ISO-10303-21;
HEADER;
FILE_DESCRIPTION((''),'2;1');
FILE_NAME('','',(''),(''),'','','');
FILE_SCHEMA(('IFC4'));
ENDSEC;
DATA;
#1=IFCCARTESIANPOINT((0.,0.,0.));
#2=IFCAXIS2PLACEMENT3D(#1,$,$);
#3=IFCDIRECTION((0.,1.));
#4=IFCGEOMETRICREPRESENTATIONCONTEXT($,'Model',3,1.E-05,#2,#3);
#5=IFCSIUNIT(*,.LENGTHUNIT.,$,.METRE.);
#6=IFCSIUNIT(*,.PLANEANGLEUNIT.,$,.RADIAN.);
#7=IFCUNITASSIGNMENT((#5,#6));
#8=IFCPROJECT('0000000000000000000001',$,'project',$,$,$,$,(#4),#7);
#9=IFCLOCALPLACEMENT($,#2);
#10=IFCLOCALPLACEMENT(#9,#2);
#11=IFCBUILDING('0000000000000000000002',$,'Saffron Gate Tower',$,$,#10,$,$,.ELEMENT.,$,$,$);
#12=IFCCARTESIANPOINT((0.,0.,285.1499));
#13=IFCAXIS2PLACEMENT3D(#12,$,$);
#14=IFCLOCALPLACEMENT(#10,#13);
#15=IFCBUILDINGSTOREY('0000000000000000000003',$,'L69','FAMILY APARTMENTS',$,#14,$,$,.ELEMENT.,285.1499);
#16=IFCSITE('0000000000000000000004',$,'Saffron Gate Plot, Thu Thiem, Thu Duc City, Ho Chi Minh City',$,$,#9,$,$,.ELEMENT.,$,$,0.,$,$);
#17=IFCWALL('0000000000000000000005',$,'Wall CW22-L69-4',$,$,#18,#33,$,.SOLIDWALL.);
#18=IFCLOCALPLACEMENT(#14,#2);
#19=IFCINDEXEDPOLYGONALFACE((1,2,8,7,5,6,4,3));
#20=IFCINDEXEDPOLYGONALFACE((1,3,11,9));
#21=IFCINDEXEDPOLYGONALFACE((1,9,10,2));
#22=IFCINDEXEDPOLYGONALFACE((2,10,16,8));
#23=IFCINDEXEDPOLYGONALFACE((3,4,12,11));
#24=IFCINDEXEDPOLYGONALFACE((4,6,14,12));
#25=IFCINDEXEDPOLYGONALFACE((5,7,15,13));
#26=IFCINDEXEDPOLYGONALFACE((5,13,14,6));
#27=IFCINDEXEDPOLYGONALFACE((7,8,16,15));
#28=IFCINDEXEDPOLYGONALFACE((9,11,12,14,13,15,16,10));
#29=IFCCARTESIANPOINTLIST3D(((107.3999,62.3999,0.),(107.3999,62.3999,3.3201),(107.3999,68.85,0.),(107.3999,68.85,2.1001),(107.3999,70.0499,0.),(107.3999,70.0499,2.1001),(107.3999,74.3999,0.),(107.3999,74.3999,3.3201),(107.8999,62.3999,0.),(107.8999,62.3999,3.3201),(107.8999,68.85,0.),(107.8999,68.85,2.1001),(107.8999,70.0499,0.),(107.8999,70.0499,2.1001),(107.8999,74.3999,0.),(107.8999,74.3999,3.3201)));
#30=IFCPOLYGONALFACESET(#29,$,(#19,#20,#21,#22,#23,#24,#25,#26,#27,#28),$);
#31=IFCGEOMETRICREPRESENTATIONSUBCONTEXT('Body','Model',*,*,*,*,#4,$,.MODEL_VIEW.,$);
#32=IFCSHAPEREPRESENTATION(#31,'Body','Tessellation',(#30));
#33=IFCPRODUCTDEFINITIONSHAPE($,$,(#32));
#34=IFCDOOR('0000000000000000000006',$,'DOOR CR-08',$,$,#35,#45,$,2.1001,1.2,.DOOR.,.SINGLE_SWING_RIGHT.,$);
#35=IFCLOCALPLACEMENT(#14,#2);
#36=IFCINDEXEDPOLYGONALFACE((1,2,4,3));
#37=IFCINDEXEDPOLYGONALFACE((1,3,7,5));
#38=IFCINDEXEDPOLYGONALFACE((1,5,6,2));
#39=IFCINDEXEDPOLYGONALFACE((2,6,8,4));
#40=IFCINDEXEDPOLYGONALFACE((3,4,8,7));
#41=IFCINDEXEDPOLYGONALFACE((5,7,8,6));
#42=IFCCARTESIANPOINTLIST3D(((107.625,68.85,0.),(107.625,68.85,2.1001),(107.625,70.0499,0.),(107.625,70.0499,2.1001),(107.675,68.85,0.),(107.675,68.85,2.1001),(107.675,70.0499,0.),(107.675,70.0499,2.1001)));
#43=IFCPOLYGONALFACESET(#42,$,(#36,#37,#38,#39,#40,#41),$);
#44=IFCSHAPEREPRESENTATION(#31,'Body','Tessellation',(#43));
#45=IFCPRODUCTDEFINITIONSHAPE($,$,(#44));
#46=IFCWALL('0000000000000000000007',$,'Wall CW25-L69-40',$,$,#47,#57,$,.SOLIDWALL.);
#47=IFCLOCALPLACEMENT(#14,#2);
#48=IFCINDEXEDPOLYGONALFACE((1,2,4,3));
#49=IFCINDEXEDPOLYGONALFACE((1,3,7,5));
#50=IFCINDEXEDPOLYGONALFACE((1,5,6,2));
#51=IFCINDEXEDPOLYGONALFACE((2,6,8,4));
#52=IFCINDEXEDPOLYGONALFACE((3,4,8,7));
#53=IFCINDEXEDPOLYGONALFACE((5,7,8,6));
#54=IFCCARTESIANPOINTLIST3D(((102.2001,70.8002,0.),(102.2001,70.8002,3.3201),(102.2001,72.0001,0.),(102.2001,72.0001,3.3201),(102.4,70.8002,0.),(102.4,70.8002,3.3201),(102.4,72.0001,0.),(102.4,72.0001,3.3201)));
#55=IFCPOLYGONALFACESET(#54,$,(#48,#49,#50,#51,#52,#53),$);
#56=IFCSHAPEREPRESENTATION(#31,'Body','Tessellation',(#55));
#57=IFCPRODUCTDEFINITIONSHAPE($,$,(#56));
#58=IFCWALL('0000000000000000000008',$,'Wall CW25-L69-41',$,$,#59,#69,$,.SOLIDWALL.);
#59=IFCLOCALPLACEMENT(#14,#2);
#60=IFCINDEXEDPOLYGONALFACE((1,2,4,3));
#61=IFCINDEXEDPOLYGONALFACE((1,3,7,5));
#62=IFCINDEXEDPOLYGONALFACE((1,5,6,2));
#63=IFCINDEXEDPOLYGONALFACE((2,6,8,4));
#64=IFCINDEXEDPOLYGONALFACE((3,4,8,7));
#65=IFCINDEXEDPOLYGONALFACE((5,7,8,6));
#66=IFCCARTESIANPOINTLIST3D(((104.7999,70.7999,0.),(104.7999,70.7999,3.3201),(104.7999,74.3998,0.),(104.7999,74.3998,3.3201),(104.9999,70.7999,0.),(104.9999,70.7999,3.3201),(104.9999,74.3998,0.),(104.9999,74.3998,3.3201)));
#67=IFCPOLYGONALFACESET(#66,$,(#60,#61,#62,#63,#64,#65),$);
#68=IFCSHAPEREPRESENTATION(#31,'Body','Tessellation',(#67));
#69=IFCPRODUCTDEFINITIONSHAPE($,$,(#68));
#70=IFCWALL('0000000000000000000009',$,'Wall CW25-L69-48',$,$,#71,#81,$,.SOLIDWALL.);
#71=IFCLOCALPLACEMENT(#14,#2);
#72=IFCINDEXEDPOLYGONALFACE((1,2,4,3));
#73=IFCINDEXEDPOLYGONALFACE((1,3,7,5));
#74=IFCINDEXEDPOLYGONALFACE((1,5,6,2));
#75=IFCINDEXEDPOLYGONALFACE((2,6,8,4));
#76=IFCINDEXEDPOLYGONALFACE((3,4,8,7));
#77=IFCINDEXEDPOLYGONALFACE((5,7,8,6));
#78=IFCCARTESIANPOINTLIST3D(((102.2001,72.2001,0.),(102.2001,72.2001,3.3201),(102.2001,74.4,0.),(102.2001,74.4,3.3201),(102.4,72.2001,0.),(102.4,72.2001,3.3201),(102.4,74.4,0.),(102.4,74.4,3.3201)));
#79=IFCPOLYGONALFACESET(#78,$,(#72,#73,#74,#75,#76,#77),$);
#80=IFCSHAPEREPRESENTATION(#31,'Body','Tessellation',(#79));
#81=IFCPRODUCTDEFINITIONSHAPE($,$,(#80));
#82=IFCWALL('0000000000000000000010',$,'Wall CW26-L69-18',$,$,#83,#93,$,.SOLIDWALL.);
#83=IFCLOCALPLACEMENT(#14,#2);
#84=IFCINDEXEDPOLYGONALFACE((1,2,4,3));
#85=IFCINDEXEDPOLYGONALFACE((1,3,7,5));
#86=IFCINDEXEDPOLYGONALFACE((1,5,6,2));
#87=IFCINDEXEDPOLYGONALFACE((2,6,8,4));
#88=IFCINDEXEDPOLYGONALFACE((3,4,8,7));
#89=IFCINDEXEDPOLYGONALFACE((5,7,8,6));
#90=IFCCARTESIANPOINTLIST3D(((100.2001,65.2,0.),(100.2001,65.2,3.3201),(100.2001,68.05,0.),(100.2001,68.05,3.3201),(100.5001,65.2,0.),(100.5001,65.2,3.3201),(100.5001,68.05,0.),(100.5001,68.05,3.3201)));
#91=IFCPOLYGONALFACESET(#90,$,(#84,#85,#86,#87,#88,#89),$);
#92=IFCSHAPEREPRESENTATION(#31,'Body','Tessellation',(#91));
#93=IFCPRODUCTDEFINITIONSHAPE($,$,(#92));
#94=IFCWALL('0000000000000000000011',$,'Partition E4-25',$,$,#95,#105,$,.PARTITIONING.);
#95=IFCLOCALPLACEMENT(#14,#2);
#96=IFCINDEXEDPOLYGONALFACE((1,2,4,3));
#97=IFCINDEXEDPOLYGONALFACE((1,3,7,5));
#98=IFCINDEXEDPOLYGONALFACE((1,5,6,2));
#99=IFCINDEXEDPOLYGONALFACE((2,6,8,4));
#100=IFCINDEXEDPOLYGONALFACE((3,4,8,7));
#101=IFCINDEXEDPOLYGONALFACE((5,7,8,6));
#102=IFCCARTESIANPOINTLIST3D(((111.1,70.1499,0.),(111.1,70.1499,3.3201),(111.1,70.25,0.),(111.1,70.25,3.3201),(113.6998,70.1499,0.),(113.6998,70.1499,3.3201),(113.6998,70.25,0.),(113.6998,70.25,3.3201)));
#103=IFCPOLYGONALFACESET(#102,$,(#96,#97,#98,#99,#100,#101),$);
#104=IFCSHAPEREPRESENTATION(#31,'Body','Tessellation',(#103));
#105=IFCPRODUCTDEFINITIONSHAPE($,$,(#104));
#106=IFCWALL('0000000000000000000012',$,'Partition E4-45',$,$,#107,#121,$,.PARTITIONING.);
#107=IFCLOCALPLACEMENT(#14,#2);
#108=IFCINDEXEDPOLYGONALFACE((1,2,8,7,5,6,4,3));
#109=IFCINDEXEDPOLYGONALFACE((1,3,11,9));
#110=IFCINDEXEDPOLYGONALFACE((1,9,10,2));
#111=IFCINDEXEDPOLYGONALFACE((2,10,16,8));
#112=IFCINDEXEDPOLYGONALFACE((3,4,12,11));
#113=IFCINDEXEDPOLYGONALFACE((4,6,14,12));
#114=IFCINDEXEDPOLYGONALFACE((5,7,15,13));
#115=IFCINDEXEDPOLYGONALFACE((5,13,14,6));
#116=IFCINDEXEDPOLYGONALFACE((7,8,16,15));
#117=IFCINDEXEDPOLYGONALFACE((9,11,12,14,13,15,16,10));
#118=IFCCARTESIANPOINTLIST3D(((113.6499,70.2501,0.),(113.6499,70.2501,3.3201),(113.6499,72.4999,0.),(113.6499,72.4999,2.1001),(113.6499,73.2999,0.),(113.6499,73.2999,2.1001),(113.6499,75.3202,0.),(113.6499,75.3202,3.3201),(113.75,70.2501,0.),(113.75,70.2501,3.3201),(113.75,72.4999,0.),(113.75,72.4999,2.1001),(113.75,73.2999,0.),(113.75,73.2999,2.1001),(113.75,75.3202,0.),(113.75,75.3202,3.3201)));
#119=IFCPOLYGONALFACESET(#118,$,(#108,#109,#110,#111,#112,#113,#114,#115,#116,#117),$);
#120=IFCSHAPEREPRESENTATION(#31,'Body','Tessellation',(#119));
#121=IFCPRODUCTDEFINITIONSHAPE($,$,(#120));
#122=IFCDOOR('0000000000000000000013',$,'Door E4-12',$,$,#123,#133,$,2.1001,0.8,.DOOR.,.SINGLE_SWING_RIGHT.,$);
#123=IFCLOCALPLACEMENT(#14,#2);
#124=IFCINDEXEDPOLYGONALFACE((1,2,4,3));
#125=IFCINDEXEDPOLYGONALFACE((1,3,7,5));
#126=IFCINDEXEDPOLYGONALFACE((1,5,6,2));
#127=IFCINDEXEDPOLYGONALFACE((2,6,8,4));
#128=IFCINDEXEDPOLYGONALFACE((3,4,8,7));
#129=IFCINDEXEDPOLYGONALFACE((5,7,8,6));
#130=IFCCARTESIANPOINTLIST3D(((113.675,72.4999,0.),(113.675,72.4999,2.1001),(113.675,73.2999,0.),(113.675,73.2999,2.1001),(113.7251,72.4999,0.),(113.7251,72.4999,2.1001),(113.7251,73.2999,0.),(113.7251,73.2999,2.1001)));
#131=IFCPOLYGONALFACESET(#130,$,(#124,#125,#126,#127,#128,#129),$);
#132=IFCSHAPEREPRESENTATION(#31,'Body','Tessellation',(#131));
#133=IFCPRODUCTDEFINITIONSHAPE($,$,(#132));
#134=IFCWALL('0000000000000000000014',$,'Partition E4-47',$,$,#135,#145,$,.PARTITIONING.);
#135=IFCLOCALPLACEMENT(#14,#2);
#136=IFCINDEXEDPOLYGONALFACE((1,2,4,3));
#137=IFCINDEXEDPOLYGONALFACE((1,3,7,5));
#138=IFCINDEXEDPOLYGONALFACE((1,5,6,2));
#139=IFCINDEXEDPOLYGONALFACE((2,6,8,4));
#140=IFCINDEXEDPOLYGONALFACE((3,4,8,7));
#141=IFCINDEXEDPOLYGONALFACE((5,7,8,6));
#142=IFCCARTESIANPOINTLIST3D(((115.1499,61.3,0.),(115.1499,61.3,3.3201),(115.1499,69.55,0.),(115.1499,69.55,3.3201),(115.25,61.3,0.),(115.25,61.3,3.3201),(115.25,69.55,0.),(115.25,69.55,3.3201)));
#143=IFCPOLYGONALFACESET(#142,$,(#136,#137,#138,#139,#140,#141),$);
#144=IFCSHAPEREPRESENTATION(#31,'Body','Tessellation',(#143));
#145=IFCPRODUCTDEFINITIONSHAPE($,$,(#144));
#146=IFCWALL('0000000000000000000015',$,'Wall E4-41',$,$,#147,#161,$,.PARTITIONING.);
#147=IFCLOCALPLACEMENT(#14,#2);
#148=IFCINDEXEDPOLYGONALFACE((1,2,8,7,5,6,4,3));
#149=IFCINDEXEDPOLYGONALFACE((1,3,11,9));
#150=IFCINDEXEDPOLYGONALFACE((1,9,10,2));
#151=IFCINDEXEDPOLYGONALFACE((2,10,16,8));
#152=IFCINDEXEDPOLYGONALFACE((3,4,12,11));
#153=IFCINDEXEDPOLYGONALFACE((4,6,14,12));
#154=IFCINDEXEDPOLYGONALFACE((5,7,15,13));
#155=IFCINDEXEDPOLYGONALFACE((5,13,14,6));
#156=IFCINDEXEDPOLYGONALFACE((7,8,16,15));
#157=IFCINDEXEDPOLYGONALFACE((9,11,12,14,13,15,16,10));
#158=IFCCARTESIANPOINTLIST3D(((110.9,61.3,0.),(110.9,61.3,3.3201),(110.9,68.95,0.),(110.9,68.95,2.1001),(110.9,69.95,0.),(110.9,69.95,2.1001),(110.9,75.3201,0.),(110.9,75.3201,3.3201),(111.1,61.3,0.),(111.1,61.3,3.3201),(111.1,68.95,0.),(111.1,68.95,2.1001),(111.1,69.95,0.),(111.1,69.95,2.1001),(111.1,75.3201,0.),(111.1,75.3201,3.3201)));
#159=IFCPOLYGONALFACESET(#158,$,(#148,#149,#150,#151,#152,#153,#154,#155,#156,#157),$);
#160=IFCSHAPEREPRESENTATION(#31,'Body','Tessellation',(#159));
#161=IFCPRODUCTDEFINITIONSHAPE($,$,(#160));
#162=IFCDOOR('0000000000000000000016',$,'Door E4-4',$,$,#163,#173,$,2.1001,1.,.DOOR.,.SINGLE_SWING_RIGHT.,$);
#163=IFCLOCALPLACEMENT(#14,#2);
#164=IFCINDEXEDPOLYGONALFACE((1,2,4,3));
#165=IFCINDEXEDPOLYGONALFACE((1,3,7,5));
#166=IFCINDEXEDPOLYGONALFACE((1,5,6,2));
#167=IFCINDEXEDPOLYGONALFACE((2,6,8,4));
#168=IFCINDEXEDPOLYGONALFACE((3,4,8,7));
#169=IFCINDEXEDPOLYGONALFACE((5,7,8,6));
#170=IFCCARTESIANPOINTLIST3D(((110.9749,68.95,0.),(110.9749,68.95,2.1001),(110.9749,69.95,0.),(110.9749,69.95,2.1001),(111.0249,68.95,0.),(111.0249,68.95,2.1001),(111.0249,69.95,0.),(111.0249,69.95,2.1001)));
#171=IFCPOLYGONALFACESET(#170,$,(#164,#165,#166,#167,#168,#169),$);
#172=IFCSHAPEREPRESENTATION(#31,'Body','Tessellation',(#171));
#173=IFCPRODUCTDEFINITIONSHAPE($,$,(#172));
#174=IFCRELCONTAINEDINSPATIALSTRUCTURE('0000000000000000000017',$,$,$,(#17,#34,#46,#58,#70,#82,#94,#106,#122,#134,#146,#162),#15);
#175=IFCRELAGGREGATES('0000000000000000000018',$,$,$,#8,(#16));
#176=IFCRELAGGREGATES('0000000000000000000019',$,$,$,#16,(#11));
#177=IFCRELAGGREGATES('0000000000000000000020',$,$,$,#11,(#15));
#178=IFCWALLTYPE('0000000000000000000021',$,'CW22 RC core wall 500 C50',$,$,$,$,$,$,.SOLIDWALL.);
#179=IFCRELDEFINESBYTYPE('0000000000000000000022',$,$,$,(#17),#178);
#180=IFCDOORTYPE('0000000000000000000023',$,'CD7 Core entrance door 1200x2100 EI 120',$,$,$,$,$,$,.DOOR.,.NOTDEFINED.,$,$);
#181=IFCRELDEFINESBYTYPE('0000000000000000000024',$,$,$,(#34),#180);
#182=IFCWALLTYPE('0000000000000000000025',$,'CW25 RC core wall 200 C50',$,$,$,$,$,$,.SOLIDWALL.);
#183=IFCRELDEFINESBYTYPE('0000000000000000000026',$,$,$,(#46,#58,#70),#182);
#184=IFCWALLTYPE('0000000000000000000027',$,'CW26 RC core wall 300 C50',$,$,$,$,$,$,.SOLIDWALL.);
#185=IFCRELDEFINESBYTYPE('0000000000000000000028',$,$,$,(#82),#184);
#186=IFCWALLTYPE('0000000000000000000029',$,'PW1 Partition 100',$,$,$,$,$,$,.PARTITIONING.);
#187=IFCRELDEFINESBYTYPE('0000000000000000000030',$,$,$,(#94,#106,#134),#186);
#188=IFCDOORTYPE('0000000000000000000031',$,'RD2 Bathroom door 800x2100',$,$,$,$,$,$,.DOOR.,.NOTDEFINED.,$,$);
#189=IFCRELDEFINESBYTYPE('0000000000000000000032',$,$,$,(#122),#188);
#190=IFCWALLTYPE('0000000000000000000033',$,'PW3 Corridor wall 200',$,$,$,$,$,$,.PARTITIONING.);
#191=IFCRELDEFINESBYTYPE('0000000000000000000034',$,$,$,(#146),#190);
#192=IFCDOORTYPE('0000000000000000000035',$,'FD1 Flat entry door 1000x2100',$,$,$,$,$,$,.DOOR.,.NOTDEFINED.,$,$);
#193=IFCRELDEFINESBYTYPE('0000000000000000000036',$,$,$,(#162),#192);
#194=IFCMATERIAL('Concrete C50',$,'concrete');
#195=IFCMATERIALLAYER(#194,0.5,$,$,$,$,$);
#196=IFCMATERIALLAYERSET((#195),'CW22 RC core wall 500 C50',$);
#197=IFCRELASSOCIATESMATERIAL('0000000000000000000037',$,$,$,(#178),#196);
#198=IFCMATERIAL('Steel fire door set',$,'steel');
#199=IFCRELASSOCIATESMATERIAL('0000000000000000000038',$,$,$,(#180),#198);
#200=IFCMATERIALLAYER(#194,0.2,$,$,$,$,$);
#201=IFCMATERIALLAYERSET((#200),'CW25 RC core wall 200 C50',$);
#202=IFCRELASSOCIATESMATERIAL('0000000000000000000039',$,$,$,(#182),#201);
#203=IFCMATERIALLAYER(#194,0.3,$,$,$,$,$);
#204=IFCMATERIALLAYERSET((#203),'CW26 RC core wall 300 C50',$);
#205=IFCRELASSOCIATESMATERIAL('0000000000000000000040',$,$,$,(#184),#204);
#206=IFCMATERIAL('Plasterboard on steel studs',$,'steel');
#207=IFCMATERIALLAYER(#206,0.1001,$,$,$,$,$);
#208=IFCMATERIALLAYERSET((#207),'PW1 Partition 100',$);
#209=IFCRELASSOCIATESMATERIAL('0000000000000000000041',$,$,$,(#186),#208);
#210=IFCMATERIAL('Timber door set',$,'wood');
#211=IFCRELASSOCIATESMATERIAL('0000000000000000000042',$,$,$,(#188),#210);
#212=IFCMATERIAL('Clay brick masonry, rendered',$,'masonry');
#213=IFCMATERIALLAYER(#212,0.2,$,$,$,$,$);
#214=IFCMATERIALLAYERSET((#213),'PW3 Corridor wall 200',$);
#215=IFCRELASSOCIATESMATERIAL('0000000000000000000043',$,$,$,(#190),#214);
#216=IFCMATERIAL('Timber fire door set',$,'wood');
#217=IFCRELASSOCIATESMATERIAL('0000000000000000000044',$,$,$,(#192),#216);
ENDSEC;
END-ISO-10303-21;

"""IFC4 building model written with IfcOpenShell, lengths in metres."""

from ifc_helpers import new_model, si_unit, direction, frame, frame_2d, origin, place, context, subcontext, project, spatial, rectangle, extrude, material, layer, layer_set, type_object, element, fill, save


model = new_model("IFC4")

# Units and contexts
model_context = context("Model", 3, precision=1e-05, world=origin(), true_north=direction((0.0, 1.0)))
body_context = subcontext(model_context, "Body", "Model", "MODEL_VIEW")
ifc_project = project(units=[si_unit("LENGTHUNIT", "METRE"), si_unit("PLANEANGLEUNIT", "RADIAN")], contexts=[model_context])

# Site, building, storey
site_placement = place(None, origin())
site = spatial("IfcSite", under=ifc_project, at=site_placement, Name="Saffron Gate Plot, Thu Thiem, Thu Duc City, Ho Chi Minh City", CompositionType="ELEMENT", RefElevation=0.0)
building_placement = place(site_placement, origin())
building = spatial("IfcBuilding", under=site, at=building_placement, Name="Saffron Gate Tower", CompositionType="ELEMENT")
storey_placement = place(building_placement, frame((0.0, 0.0, 285.1499)))
storey = spatial("IfcBuildingStorey", under=building, at=storey_placement, Name="L69", Description="FAMILY APARTMENTS", CompositionType="ELEMENT", Elevation=285.1499)

# Wall, opening, door
ifc_material_1 = material(Name="Concrete C50", Category="concrete")
ifc_layer_1 = layer(ifc_material_1, 0.5)
ifc_layer_set_1 = layer_set([ifc_layer_1], Name="CW22 RC core wall 500 C50")
wall_type_1 = type_object("IfcWallType", Name="CW22 RC core wall 500 C50", PredefinedType="SOLIDWALL", material=ifc_layer_set_1)
wall_1_placement = place(storey_placement, frame((107.6499, 62.3999, 0.0), z_axis=(0.0, 0.0, 1.0), x_axis=(0.0, 1.0, 0.0)))
wall_1 = element("IfcWall", 1, at=wall_1_placement, inside=storey, type_object=wall_type_1, Name="Wall CW22-L69-4", PredefinedType="SOLIDWALL", context=body_context, shape_type="SweptSolid", body=[
    extrude(rectangle(XDim=12.0, YDim=0.5, at=frame_2d((6.0, 0.0))), origin(), (0.0, 0.0, 1.0), 3.3201),
])
opening_1_placement = place(wall_1_placement, frame((6.45, 0.0, 0.0)))
opening_1 = element("IfcOpeningElement", 2, at=opening_1_placement, cuts=wall_1, PredefinedType="OPENING", context=body_context, shape_type="SweptSolid", body=[
    extrude(rectangle(XDim=1.2, YDim=2.1001, at=frame_2d((0.6001, 1.05))), frame((0.0, 0.26, 0.0), z_axis=(0.0, -1.0, 0.0), x_axis=(1.0, 0.0, 0.0)), (0.0, 0.0, 1.0), 0.52),
])
ifc_material_2 = material(Name="Steel fire door set", Category="steel")
door_type_1 = type_object("IfcDoorType", Name="CD7 Core entrance door 1200x2100 EI 120", OperationType="NOTDEFINED", PredefinedType="DOOR", material=ifc_material_2)
door_1_placement = place(opening_1_placement, origin())
door_1 = element("IfcDoor", 3, at=door_1_placement, inside=storey, type_object=door_type_1, Name="DOOR CR-08", OperationType="SINGLE_SWING_RIGHT", OverallHeight=2.1001, OverallWidth=1.2, PredefinedType="DOOR", context=body_context, shape_type="SweptSolid", body=[
    extrude(rectangle(XDim=1.2, YDim=2.1001, at=frame_2d((0.6001, 1.05))), frame((0.0, 0.0249, 0.0), z_axis=(0.0, -1.0, 0.0), x_axis=(1.0, 0.0, 0.0)), (0.0, 0.0, 1.0), 0.05),
])
fill(opening_1, door_1)

# Walls
ifc_layer_2 = layer(ifc_material_1, 0.2)
ifc_layer_set_2 = layer_set([ifc_layer_2], Name="CW25 RC core wall 200 C50")
wall_type_2 = type_object("IfcWallType", Name="CW25 RC core wall 200 C50", PredefinedType="SOLIDWALL", material=ifc_layer_set_2)
wall_2_placement = place(storey_placement, frame((102.3, 70.8, 0.0), z_axis=(0.0, 0.0, 1.0), x_axis=(0.0, 1.0, 0.0)))
element("IfcWall", 4, at=wall_2_placement, inside=storey, type_object=wall_type_2, Name="Wall CW25-L69-40", PredefinedType="SOLIDWALL", context=body_context, shape_type="SweptSolid", body=[
    extrude(rectangle(XDim=1.2, YDim=0.2, at=frame_2d((0.6001, 0.0))), origin(), (0.0, 0.0, 1.0), 3.3201),
])
wall_3_placement = place(storey_placement, frame((104.8999, 70.8, 0.0), z_axis=(0.0, 0.0, 1.0), x_axis=(0.0, 1.0, 0.0)))
element("IfcWall", 5, at=wall_3_placement, inside=storey, type_object=wall_type_2, Name="Wall CW25-L69-41", PredefinedType="SOLIDWALL", context=body_context, shape_type="SweptSolid", body=[
    extrude(rectangle(XDim=3.5999, YDim=0.2, at=frame_2d((1.7998, 0.0))), origin(), (0.0, 0.0, 1.0), 3.3201),
])
wall_4_placement = place(storey_placement, frame((102.3, 72.2, 0.0), z_axis=(0.0, 0.0, 1.0), x_axis=(0.0, 1.0, 0.0)))
element("IfcWall", 6, at=wall_4_placement, inside=storey, type_object=wall_type_2, Name="Wall CW25-L69-48", PredefinedType="SOLIDWALL", context=body_context, shape_type="SweptSolid", body=[
    extrude(rectangle(XDim=2.2, YDim=0.2, at=frame_2d((1.1001, 0.0))), origin(), (0.0, 0.0, 1.0), 3.3201),
])
ifc_layer_3 = layer(ifc_material_1, 0.3)
ifc_layer_set_3 = layer_set([ifc_layer_3], Name="CW26 RC core wall 300 C50")
wall_type_3 = type_object("IfcWallType", Name="CW26 RC core wall 300 C50", PredefinedType="SOLIDWALL", material=ifc_layer_set_3)
wall_5_placement = place(storey_placement, frame((100.3501, 65.2, 0.0), z_axis=(0.0, 0.0, 1.0), x_axis=(0.0, 1.0, 0.0)))
element("IfcWall", 7, at=wall_5_placement, inside=storey, type_object=wall_type_3, Name="Wall CW26-L69-18", PredefinedType="SOLIDWALL", context=body_context, shape_type="SweptSolid", body=[
    extrude(rectangle(XDim=2.8501, YDim=0.3, at=frame_2d((1.425, 0.0))), origin(), (0.0, 0.0, 1.0), 3.3201),
])
ifc_material_3 = material(Name="Plasterboard on steel studs", Category="steel")
ifc_layer_4 = layer(ifc_material_3, 0.1001)
ifc_layer_set_4 = layer_set([ifc_layer_4], Name="PW1 Partition 100")
wall_type_4 = type_object("IfcWallType", Name="PW1 Partition 100", PredefinedType="PARTITIONING", material=ifc_layer_set_4)
wall_6_placement = place(storey_placement, frame((111.1001, 70.2, 0.0), z_axis=(0.0, 0.0, 1.0), x_axis=(1.0, 0.0, 0.0)))
element("IfcWall", 8, at=wall_6_placement, inside=storey, type_object=wall_type_4, Name="Partition E4-25", PredefinedType="PARTITIONING", context=body_context, shape_type="SweptSolid", body=[
    extrude(rectangle(XDim=2.5999, YDim=0.1001, at=frame_2d((1.2998, 0.0))), origin(), (0.0, 0.0, 1.0), 3.3201),
])

# Wall, opening, door
wall_7_placement = place(storey_placement, frame((113.7, 70.25, 0.0), z_axis=(0.0, 0.0, 1.0), x_axis=(0.0, 1.0, 0.0)))
wall_7 = element("IfcWall", 9, at=wall_7_placement, inside=storey, type_object=wall_type_4, Name="Partition E4-45", PredefinedType="PARTITIONING", context=body_context, shape_type="SweptSolid", body=[
    extrude(rectangle(XDim=5.0701, YDim=0.1001, at=frame_2d((2.5352, 0.0))), origin(), (0.0, 0.0, 1.0), 3.3201),
])
opening_2_placement = place(wall_7_placement, frame((2.25, 0.0, 0.0)))
opening_2 = element("IfcOpeningElement", 10, at=opening_2_placement, cuts=wall_7, PredefinedType="OPENING", context=body_context, shape_type="SweptSolid", body=[
    extrude(rectangle(XDim=0.8, YDim=2.1001, at=frame_2d((0.3999, 1.05))), frame((0.0, 0.0601, 0.0), z_axis=(0.0, -1.0, 0.0), x_axis=(1.0, 0.0, 0.0)), (0.0, 0.0, 1.0), 0.1201),
])
ifc_material_4 = material(Name="Timber door set", Category="wood")
door_type_2 = type_object("IfcDoorType", Name="RD2 Bathroom door 800x2100", OperationType="NOTDEFINED", PredefinedType="DOOR", material=ifc_material_4)
door_2_placement = place(opening_2_placement, origin())
door_2 = element("IfcDoor", 11, at=door_2_placement, inside=storey, type_object=door_type_2, Name="Door E4-12", OperationType="SINGLE_SWING_RIGHT", OverallHeight=2.1001, OverallWidth=0.8, PredefinedType="DOOR", context=body_context, shape_type="SweptSolid", body=[
    extrude(rectangle(XDim=0.8, YDim=2.1001, at=frame_2d((0.3999, 1.05))), frame((0.0, 0.0249, 0.0), z_axis=(0.0, -1.0, 0.0), x_axis=(1.0, 0.0, 0.0)), (0.0, 0.0, 1.0), 0.05),
])
fill(opening_2, door_2)

# Wall
wall_8_placement = place(storey_placement, frame((115.2, 69.55, 0.0), z_axis=(0.0, 0.0, 1.0), x_axis=(0.0, -1.0, 0.0)))
element("IfcWall", 12, at=wall_8_placement, inside=storey, type_object=wall_type_4, Name="Partition E4-47", PredefinedType="PARTITIONING", context=body_context, shape_type="SweptSolid", body=[
    extrude(rectangle(XDim=8.25, YDim=0.1001, at=frame_2d((4.125, 0.0))), origin(), (0.0, 0.0, 1.0), 3.3201),
])

# Wall, opening, door
ifc_material_5 = material(Name="Clay brick masonry, rendered", Category="masonry")
ifc_layer_5 = layer(ifc_material_5, 0.2)
ifc_layer_set_5 = layer_set([ifc_layer_5], Name="PW3 Corridor wall 200")
wall_type_5 = type_object("IfcWallType", Name="PW3 Corridor wall 200", PredefinedType="PARTITIONING", material=ifc_layer_set_5)
wall_9_placement = place(storey_placement, frame((111.0, 75.3201, 0.0), z_axis=(0.0, 0.0, 1.0), x_axis=(0.0, -1.0, 0.0)))
wall_9 = element("IfcWall", 13, at=wall_9_placement, inside=storey, type_object=wall_type_5, Name="Wall E4-41", PredefinedType="PARTITIONING", context=body_context, shape_type="SweptSolid", body=[
    extrude(rectangle(XDim=14.02, YDim=0.2, at=frame_2d((7.01, 0.0))), origin(), (0.0, 0.0, 1.0), 3.3201),
])
opening_3_placement = place(wall_9_placement, frame((5.3701, 0.0, 0.0)))
opening_3 = element("IfcOpeningElement", 14, at=opening_3_placement, cuts=wall_9, PredefinedType="OPENING", context=body_context, shape_type="SweptSolid", body=[
    extrude(rectangle(XDim=1.0, YDim=2.1001, at=frame_2d((0.5, 1.05))), frame((0.0, 0.1099, 0.0), z_axis=(0.0, -1.0, 0.0), x_axis=(1.0, 0.0, 0.0)), (0.0, 0.0, 1.0), 0.22),
])
ifc_material_6 = material(Name="Timber fire door set", Category="wood")
door_type_3 = type_object("IfcDoorType", Name="FD1 Flat entry door 1000x2100", OperationType="NOTDEFINED", PredefinedType="DOOR", material=ifc_material_6)
door_3_placement = place(opening_3_placement, origin())
door_3 = element("IfcDoor", 15, at=door_3_placement, inside=storey, type_object=door_type_3, Name="Door E4-4", OperationType="SINGLE_SWING_RIGHT", OverallHeight=2.1001, OverallWidth=1.0, PredefinedType="DOOR", context=body_context, shape_type="SweptSolid", body=[
    extrude(rectangle(XDim=1.0, YDim=2.1001, at=frame_2d((0.5, 1.05))), frame((0.0, 0.0249, 0.0), z_axis=(0.0, -1.0, 0.0), x_axis=(1.0, 0.0, 0.0)), (0.0, 0.0, 1.0), 0.05),
])
fill(opening_3, door_3)

save(model, "model.ifc")
